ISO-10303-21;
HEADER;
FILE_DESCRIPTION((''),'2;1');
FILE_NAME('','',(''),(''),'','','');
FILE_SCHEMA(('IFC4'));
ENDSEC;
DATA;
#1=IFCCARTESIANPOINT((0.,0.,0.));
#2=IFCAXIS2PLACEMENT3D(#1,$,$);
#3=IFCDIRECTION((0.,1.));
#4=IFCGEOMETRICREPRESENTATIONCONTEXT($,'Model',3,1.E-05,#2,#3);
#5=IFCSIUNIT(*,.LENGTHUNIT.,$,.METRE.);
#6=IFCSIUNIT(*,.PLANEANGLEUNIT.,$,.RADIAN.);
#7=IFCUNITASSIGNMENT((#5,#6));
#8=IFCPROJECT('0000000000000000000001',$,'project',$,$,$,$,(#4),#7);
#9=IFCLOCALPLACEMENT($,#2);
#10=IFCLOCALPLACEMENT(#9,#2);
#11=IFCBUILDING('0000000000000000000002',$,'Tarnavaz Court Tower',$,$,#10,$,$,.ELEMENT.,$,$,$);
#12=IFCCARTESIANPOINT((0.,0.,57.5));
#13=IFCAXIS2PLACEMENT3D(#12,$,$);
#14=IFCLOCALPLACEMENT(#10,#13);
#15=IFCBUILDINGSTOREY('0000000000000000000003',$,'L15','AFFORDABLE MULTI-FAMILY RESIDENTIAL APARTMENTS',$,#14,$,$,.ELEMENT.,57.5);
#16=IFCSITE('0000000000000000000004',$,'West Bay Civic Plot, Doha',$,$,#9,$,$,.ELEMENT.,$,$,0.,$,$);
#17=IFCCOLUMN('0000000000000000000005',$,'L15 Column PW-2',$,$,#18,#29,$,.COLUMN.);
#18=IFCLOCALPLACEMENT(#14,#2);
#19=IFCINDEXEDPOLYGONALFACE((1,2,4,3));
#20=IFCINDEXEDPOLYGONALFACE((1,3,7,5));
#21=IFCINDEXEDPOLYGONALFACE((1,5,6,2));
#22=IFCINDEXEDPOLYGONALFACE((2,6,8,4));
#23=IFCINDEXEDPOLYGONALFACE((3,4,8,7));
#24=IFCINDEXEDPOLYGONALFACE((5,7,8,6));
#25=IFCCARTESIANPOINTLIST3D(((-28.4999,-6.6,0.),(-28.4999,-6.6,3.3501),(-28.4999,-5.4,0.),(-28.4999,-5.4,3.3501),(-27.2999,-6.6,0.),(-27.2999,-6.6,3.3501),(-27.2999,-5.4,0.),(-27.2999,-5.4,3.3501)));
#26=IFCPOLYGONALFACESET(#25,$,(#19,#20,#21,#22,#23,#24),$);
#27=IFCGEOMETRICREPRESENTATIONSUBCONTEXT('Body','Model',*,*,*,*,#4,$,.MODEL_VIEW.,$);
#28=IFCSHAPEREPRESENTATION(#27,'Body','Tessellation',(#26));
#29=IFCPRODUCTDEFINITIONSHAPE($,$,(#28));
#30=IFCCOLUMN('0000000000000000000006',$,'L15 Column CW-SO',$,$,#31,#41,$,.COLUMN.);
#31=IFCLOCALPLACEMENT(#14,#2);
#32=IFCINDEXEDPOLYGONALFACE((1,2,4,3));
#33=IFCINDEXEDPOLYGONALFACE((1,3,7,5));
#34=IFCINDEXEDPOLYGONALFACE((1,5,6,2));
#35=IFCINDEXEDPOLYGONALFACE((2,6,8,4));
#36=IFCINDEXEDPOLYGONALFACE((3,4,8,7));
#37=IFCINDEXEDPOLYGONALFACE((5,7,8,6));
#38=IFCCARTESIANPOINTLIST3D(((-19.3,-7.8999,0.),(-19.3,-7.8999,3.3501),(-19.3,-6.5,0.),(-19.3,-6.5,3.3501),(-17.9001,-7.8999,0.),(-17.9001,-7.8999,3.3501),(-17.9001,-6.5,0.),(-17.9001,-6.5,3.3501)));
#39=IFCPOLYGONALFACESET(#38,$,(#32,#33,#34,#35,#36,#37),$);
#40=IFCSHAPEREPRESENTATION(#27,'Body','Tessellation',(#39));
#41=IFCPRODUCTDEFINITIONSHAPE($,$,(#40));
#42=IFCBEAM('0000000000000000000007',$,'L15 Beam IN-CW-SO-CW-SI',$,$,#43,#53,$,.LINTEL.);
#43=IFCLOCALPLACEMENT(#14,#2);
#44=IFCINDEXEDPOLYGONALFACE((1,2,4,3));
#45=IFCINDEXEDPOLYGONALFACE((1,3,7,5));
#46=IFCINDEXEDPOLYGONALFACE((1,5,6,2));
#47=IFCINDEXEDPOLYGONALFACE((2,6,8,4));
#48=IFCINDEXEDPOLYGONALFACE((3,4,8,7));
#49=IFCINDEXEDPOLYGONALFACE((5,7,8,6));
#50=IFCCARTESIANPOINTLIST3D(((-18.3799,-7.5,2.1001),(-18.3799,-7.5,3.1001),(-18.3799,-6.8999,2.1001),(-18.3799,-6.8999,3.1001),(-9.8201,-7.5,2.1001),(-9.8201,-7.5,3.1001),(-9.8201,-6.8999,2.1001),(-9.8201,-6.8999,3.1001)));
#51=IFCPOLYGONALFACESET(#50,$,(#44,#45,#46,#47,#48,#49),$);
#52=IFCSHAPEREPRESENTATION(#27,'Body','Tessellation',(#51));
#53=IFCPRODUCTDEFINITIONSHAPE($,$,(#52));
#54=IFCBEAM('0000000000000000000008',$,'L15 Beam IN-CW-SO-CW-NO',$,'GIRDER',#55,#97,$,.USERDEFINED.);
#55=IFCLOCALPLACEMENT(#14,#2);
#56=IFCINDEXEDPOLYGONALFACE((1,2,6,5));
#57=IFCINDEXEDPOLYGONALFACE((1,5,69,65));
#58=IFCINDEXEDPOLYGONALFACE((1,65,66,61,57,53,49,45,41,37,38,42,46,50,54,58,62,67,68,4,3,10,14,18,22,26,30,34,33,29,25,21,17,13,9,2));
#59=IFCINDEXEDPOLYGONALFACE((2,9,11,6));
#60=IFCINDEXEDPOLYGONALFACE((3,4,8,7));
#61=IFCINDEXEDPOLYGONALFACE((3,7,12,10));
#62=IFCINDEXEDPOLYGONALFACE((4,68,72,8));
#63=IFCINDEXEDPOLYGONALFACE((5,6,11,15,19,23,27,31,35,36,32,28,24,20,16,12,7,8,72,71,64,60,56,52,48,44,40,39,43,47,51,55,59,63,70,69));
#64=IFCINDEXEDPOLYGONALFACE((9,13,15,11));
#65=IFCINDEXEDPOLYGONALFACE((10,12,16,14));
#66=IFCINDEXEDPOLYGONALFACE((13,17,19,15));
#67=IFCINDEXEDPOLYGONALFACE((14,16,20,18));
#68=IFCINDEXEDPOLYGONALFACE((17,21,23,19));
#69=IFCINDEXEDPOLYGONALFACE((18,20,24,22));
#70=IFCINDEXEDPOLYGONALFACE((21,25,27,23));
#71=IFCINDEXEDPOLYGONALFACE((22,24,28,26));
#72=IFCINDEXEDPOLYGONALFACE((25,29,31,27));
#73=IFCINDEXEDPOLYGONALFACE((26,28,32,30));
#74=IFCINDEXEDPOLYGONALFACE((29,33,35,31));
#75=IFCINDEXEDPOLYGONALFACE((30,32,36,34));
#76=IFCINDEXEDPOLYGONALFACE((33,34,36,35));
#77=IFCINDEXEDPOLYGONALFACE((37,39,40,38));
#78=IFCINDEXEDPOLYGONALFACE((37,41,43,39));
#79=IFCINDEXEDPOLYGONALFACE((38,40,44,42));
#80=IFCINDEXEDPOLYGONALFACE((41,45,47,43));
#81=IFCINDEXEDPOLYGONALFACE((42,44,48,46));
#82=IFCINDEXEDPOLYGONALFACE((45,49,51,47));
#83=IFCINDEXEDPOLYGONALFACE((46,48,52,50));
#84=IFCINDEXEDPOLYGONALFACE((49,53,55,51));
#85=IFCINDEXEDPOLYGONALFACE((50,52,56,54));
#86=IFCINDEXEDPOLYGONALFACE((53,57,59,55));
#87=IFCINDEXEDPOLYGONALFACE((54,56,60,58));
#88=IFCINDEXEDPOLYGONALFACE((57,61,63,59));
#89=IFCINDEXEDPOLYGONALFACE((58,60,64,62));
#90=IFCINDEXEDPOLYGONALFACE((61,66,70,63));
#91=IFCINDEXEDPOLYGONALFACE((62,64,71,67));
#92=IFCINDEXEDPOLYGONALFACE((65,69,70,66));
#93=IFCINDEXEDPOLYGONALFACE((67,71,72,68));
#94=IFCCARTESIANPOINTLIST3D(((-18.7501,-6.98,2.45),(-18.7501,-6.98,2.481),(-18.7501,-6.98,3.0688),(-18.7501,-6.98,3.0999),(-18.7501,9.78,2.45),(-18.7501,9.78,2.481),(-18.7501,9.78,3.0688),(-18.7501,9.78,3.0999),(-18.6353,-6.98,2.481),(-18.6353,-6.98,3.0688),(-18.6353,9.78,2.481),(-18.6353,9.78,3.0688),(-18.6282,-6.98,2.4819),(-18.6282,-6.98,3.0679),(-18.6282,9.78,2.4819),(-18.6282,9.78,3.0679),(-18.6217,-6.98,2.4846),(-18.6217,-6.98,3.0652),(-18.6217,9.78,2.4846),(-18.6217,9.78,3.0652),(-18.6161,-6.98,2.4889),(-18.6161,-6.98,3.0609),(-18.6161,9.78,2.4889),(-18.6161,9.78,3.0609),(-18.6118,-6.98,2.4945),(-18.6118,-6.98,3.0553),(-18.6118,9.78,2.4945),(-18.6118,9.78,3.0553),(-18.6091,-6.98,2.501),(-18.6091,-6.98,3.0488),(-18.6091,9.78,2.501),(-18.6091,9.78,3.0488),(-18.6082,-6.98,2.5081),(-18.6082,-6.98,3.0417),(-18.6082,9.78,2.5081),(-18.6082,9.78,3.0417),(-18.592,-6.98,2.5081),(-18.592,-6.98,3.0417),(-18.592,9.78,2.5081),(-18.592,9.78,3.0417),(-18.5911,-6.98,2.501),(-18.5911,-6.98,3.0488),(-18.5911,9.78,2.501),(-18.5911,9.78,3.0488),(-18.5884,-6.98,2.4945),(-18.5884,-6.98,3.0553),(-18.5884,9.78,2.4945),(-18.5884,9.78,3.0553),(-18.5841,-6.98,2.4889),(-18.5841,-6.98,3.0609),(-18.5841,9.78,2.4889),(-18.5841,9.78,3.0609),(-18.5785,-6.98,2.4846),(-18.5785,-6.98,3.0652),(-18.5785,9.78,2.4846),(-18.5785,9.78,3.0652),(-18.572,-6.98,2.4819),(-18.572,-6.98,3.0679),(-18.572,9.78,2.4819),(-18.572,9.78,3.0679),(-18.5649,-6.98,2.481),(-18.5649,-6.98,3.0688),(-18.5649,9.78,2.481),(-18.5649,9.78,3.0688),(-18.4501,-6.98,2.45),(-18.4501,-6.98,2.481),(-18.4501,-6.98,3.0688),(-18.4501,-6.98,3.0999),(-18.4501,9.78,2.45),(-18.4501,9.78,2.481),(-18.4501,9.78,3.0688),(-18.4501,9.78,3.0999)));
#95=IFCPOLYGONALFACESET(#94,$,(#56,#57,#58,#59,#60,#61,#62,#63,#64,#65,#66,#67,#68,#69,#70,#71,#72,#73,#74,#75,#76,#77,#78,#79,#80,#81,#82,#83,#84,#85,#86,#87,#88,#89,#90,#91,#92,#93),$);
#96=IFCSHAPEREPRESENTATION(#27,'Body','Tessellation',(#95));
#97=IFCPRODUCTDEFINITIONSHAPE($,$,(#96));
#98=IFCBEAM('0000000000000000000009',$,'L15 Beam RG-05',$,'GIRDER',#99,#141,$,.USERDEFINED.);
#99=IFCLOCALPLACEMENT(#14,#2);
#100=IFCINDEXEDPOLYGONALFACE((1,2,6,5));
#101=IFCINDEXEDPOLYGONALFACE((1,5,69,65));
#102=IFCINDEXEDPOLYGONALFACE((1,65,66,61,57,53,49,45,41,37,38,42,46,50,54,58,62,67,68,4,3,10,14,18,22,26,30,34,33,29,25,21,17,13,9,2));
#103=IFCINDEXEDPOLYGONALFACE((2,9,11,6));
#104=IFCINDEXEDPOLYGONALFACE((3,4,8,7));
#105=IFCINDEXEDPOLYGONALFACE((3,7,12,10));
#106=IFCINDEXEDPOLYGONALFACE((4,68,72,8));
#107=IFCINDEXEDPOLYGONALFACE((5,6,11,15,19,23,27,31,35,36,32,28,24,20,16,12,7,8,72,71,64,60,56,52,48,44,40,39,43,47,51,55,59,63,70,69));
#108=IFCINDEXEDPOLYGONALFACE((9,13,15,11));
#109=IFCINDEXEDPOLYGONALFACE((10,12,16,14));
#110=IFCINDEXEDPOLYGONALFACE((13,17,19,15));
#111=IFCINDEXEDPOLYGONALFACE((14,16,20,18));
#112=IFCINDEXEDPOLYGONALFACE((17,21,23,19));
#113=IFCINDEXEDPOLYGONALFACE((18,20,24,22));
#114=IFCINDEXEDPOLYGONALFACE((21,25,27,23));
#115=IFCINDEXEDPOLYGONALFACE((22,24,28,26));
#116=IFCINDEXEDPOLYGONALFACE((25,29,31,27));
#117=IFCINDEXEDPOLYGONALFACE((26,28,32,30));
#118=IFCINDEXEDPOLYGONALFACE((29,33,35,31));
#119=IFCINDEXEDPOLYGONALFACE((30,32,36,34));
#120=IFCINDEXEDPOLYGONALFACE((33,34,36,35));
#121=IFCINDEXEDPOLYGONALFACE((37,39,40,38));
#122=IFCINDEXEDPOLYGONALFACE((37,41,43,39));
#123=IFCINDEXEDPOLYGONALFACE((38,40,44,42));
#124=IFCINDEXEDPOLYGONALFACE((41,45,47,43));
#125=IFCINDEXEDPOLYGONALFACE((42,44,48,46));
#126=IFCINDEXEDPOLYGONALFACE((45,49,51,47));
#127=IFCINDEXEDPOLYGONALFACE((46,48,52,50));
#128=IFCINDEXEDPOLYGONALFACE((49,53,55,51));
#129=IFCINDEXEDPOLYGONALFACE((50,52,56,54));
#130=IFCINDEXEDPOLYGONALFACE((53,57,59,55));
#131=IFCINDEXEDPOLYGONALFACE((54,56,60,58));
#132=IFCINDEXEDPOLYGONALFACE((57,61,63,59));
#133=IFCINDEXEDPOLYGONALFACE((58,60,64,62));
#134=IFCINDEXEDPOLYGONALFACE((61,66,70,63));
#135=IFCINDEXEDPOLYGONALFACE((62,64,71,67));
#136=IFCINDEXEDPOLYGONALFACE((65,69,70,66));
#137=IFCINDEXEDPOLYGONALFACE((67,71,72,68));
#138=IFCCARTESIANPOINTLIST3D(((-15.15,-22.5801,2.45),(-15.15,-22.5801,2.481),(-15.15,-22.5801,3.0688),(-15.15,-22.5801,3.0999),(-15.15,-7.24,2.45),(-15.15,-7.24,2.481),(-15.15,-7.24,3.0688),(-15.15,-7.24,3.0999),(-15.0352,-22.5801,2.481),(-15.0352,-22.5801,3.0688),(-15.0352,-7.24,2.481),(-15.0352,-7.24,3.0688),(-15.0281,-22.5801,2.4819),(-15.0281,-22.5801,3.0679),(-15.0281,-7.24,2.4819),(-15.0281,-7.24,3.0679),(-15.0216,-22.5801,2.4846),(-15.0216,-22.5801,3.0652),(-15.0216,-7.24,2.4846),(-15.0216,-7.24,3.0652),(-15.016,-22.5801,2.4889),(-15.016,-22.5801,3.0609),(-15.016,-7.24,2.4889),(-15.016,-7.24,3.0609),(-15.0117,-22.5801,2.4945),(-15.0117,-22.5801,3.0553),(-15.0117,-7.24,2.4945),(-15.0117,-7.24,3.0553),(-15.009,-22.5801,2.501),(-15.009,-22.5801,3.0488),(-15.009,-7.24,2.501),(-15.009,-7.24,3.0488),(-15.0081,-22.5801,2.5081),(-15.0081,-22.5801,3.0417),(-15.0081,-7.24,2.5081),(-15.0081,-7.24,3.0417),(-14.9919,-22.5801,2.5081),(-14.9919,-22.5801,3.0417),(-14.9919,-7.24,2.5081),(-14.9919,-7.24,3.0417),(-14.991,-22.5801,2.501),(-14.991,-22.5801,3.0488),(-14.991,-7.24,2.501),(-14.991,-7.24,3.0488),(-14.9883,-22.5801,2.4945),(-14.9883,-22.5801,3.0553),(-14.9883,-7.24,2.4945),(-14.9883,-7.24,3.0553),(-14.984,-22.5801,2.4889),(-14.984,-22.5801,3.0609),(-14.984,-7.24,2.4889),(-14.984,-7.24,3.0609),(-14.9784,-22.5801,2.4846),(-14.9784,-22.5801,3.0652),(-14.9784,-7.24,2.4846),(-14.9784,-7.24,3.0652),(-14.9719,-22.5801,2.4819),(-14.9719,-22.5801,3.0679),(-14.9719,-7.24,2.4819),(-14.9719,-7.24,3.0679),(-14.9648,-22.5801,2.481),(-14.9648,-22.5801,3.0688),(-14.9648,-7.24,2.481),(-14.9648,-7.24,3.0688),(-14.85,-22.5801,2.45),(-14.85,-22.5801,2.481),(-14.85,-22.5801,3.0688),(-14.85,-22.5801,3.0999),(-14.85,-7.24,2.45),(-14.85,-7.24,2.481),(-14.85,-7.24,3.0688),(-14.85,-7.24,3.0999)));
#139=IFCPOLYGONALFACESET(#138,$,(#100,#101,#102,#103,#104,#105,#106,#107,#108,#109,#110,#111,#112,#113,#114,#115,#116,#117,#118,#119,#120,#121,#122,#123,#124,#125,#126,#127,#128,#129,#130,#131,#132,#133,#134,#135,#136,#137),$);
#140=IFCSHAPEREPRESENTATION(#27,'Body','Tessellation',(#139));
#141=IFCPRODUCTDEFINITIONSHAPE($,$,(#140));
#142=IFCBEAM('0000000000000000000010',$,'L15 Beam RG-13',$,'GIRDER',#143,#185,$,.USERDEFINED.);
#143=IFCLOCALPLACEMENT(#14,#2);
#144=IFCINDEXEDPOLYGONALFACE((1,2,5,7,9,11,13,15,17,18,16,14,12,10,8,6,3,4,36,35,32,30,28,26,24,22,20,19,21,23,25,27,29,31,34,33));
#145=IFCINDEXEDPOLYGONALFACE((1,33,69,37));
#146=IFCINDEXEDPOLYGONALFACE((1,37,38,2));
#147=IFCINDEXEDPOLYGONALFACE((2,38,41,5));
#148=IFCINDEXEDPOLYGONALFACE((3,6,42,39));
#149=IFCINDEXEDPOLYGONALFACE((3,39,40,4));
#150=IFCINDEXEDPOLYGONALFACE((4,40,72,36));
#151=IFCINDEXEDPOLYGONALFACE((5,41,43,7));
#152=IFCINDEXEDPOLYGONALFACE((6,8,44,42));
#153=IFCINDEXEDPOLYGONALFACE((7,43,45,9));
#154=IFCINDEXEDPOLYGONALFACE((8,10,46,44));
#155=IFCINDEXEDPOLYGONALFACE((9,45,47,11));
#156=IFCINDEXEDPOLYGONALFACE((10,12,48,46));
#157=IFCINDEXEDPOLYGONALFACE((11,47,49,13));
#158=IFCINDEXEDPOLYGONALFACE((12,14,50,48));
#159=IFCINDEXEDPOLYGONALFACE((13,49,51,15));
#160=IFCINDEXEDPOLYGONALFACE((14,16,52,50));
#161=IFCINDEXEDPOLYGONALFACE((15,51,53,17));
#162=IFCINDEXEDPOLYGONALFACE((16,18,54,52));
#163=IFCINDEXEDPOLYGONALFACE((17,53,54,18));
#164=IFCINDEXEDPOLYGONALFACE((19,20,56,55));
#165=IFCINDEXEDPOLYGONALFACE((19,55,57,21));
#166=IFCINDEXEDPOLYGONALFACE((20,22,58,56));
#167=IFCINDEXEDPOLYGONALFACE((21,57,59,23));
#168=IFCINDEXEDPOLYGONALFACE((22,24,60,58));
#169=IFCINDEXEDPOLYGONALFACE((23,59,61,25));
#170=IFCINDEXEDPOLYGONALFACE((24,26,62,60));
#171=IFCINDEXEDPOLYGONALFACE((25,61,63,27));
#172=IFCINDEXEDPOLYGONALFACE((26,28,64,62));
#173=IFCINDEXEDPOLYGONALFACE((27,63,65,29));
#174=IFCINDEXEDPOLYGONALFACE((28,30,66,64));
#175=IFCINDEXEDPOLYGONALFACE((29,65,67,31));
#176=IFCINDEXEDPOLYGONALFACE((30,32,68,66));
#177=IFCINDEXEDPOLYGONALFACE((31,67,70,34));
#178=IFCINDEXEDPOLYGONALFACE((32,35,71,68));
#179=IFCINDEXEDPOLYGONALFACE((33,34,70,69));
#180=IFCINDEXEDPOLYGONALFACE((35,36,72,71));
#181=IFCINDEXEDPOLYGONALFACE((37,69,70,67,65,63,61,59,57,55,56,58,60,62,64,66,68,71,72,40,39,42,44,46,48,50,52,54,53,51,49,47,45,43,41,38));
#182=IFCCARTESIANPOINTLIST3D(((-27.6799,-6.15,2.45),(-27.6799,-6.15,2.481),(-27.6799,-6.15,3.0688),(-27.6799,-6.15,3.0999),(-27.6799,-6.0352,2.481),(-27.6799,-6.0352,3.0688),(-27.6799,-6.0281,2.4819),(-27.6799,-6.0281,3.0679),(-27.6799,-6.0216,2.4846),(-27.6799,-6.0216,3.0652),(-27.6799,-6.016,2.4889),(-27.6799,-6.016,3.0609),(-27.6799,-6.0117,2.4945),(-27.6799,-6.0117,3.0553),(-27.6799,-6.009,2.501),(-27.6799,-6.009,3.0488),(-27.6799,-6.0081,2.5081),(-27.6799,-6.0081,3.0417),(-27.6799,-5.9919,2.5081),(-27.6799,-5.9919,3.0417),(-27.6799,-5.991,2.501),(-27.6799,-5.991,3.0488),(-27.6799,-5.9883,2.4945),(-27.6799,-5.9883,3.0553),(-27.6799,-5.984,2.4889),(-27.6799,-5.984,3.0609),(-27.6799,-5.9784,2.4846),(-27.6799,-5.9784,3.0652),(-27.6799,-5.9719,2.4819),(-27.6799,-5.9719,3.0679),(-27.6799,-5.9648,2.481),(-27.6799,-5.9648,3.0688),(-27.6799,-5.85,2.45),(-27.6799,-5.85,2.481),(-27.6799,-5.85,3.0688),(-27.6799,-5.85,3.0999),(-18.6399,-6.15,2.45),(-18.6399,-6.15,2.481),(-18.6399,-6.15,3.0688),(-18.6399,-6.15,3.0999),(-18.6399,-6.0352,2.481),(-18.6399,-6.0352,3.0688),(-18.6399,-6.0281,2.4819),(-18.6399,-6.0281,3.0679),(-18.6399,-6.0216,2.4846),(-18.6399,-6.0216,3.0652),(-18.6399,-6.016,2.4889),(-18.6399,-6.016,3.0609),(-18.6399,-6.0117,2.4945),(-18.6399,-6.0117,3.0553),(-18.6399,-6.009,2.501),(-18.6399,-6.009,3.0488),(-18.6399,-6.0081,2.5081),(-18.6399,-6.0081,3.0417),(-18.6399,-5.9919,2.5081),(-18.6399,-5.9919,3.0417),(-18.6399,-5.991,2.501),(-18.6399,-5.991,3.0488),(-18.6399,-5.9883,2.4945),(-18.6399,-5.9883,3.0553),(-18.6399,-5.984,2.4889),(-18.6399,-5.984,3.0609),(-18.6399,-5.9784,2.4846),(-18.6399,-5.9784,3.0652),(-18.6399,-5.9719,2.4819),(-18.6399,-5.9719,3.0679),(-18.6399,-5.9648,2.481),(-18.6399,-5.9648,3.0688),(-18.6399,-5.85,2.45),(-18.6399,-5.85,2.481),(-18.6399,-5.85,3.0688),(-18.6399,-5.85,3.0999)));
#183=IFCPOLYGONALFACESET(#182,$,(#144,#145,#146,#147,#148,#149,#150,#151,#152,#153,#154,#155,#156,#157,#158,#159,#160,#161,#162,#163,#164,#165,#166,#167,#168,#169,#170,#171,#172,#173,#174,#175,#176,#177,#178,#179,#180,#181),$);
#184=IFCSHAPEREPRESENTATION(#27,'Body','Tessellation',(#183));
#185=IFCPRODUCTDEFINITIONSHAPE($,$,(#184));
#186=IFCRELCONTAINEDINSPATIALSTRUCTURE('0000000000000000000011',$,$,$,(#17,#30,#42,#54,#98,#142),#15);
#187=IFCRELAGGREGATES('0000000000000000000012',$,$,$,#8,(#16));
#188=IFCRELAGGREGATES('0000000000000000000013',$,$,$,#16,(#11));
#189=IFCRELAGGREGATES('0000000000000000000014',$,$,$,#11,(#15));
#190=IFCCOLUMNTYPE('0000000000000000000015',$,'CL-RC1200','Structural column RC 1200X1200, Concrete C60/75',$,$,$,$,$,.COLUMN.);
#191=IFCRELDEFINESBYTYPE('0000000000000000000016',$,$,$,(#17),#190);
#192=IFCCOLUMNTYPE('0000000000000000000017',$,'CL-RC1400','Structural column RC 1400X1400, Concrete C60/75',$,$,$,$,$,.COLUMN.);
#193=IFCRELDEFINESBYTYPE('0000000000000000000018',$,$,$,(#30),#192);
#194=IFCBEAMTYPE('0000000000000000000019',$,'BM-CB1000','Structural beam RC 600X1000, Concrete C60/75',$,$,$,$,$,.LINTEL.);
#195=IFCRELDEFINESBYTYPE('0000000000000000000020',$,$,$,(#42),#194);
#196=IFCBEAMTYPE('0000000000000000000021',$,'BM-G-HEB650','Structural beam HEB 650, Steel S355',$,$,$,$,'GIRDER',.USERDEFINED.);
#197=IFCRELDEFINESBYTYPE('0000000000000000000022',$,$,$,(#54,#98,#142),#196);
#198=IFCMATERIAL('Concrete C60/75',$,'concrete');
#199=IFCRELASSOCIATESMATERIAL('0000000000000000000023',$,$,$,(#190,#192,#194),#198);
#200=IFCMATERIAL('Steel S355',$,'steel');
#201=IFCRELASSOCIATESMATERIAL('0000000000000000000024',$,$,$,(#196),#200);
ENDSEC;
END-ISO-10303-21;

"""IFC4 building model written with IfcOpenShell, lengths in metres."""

from ifc_helpers import new_model, si_unit, direction, frame, origin, origin_2d, place, context, subcontext, project, spatial, rectangle, i_section, extrude, material, material_profile, profile_set, type_object, element, save


model = new_model("IFC4")

# Units and contexts
model_context = context("Model", 3, precision=1e-05, world=origin(), true_north=direction((0.0, 1.0)))
body_context = subcontext(model_context, "Body", "Model", "MODEL_VIEW")
ifc_project = project(units=[si_unit("LENGTHUNIT", "METRE"), si_unit("PLANEANGLEUNIT", "RADIAN")], contexts=[model_context])

# Site, building, storey
site_placement = place(None, origin())
site = spatial("IfcSite", under=ifc_project, at=site_placement, Name="West Bay Civic Plot, Doha", CompositionType="ELEMENT", RefElevation=0.0)
building_placement = place(site_placement, origin())
building = spatial("IfcBuilding", under=site, at=building_placement, Name="Tarnavaz Court Tower", CompositionType="ELEMENT")
storey_placement = place(building_placement, frame((0.0, 0.0, 57.5)))
storey = spatial("IfcBuildingStorey", under=building, at=storey_placement, Name="L15", Description="AFFORDABLE MULTI-FAMILY RESIDENTIAL APARTMENTS", CompositionType="ELEMENT", Elevation=57.5)

# Columns
ifc_material_1 = material(Name="Concrete C60/75", Category="concrete")
ifc_material_profile_1 = material_profile(ifc_material_1, rectangle(XDim=1.2, YDim=1.2, at=origin_2d()), Name="RC 1200X1200")
ifc_profile_set_1 = profile_set([ifc_material_profile_1], Name="Concrete C60/75")
column_type_1 = type_object("IfcColumnType", Name="CL-RC1200", Description="Structural column RC 1200X1200, Concrete C60/75", PredefinedType="COLUMN", material=ifc_profile_set_1)
column_1_placement = place(storey_placement, frame((-27.8999, -6.0, 0.0), z_axis=(0.0, 0.0, 1.0), x_axis=(1.0, 0.0, 0.0)))
element("IfcColumn", 1, at=column_1_placement, inside=storey, type_object=column_type_1, Name="L15 Column PW-2", PredefinedType="COLUMN", context=body_context, shape_type="SweptSolid", body=[
    extrude(rectangle(XDim=1.2, YDim=1.2, at=origin_2d()), origin(), (0.0, 0.0, 1.0), 3.3501),
])
ifc_material_profile_2 = material_profile(ifc_material_1, rectangle(XDim=1.3999, YDim=1.3999, at=origin_2d()), Name="RC 1400X1400")
ifc_profile_set_2 = profile_set([ifc_material_profile_2], Name="Concrete C60/75")
column_type_2 = type_object("IfcColumnType", Name="CL-RC1400", Description="Structural column RC 1400X1400, Concrete C60/75", PredefinedType="COLUMN", material=ifc_profile_set_2)
column_2_placement = place(storey_placement, frame((-18.6001, -7.2, 0.0), z_axis=(0.0, 0.0, 1.0), x_axis=(1.0, 0.0, 0.0)))
element("IfcColumn", 2, at=column_2_placement, inside=storey, type_object=column_type_2, Name="L15 Column CW-SO", PredefinedType="COLUMN", context=body_context, shape_type="SweptSolid", body=[
    extrude(rectangle(XDim=1.3999, YDim=1.3999, at=origin_2d()), origin(), (0.0, 0.0, 1.0), 3.3501),
])

# Beams
ifc_material_profile_3 = material_profile(ifc_material_1, rectangle(XDim=0.6001, YDim=1.0, at=origin_2d()), Name="RC 600X1000")
ifc_profile_set_3 = profile_set([ifc_material_profile_3], Name="Concrete C60/75")
beam_type_1 = type_object("IfcBeamType", Name="BM-CB1000", Description="Structural beam RC 600X1000, Concrete C60/75", PredefinedType="LINTEL", material=ifc_profile_set_3)
beam_1_placement = place(storey_placement, frame((-18.3799, -7.2, 2.6001), z_axis=(1.0, 0.0, 0.0), x_axis=(0.0, 1.0, 0.0)))
element("IfcBeam", 3, at=beam_1_placement, inside=storey, type_object=beam_type_1, Name="L15 Beam IN-CW-SO-CW-SI", PredefinedType="LINTEL", context=body_context, shape_type="SweptSolid", body=[
    extrude(rectangle(XDim=0.6001, YDim=1.0, at=origin_2d()), origin(), (0.0, 0.0, 1.0), 8.5598),
])
ifc_material_2 = material(Name="Steel S355", Category="steel")
ifc_material_profile_4 = material_profile(ifc_material_2, i_section(OverallWidth=0.3, OverallDepth=0.6499, WebThickness=0.0161, FlangeThickness=0.031, FilletRadius=0.0271, at=origin_2d()), Name="HEB 650")
ifc_profile_set_4 = profile_set([ifc_material_profile_4], Name="Steel S355")
beam_type_2 = type_object("IfcBeamType", Name="BM-G-HEB650", Description="Structural beam HEB 650, Steel S355", ElementType="GIRDER", PredefinedType="USERDEFINED", material=ifc_profile_set_4)
beam_2_placement = place(storey_placement, frame((-18.6001, -6.98, 2.7749), z_axis=(0.0, 1.0, 0.0), x_axis=(-1.0, 0.0, 0.0)))
element("IfcBeam", 4, at=beam_2_placement, inside=storey, type_object=beam_type_2, Name="L15 Beam IN-CW-SO-CW-NO", ObjectType="GIRDER", PredefinedType="USERDEFINED", context=body_context, shape_type="SweptSolid", body=[
    extrude(i_section(OverallWidth=0.3, OverallDepth=0.6499, WebThickness=0.0161, FlangeThickness=0.031, FilletRadius=0.0271, at=origin_2d()), origin(), (0.0, 0.0, 1.0), 16.76),
])
beam_3_placement = place(storey_placement, frame((-15.0, -7.24, 2.7749), z_axis=(0.0, -1.0, 0.0), x_axis=(1.0, 0.0, 0.0)))
element("IfcBeam", 5, at=beam_3_placement, inside=storey, type_object=beam_type_2, Name="L15 Beam RG-05", ObjectType="GIRDER", PredefinedType="USERDEFINED", context=body_context, shape_type="SweptSolid", body=[
    extrude(i_section(OverallWidth=0.3, OverallDepth=0.6499, WebThickness=0.0161, FlangeThickness=0.031, FilletRadius=0.0271, at=origin_2d()), origin(), (0.0, 0.0, 1.0), 15.3401),
])
beam_4_placement = place(storey_placement, frame((-18.6399, -6.0, 2.7749), z_axis=(-1.0, 0.0, 0.0), x_axis=(0.0, -1.0, 0.0)))
element("IfcBeam", 6, at=beam_4_placement, inside=storey, type_object=beam_type_2, Name="L15 Beam RG-13", ObjectType="GIRDER", PredefinedType="USERDEFINED", context=body_context, shape_type="SweptSolid", body=[
    extrude(i_section(OverallWidth=0.3, OverallDepth=0.6499, WebThickness=0.0161, FlangeThickness=0.031, FilletRadius=0.0271, at=origin_2d()), origin(), (0.0, 0.0, 1.0), 9.04),
])

save(model, "model.ifc")
